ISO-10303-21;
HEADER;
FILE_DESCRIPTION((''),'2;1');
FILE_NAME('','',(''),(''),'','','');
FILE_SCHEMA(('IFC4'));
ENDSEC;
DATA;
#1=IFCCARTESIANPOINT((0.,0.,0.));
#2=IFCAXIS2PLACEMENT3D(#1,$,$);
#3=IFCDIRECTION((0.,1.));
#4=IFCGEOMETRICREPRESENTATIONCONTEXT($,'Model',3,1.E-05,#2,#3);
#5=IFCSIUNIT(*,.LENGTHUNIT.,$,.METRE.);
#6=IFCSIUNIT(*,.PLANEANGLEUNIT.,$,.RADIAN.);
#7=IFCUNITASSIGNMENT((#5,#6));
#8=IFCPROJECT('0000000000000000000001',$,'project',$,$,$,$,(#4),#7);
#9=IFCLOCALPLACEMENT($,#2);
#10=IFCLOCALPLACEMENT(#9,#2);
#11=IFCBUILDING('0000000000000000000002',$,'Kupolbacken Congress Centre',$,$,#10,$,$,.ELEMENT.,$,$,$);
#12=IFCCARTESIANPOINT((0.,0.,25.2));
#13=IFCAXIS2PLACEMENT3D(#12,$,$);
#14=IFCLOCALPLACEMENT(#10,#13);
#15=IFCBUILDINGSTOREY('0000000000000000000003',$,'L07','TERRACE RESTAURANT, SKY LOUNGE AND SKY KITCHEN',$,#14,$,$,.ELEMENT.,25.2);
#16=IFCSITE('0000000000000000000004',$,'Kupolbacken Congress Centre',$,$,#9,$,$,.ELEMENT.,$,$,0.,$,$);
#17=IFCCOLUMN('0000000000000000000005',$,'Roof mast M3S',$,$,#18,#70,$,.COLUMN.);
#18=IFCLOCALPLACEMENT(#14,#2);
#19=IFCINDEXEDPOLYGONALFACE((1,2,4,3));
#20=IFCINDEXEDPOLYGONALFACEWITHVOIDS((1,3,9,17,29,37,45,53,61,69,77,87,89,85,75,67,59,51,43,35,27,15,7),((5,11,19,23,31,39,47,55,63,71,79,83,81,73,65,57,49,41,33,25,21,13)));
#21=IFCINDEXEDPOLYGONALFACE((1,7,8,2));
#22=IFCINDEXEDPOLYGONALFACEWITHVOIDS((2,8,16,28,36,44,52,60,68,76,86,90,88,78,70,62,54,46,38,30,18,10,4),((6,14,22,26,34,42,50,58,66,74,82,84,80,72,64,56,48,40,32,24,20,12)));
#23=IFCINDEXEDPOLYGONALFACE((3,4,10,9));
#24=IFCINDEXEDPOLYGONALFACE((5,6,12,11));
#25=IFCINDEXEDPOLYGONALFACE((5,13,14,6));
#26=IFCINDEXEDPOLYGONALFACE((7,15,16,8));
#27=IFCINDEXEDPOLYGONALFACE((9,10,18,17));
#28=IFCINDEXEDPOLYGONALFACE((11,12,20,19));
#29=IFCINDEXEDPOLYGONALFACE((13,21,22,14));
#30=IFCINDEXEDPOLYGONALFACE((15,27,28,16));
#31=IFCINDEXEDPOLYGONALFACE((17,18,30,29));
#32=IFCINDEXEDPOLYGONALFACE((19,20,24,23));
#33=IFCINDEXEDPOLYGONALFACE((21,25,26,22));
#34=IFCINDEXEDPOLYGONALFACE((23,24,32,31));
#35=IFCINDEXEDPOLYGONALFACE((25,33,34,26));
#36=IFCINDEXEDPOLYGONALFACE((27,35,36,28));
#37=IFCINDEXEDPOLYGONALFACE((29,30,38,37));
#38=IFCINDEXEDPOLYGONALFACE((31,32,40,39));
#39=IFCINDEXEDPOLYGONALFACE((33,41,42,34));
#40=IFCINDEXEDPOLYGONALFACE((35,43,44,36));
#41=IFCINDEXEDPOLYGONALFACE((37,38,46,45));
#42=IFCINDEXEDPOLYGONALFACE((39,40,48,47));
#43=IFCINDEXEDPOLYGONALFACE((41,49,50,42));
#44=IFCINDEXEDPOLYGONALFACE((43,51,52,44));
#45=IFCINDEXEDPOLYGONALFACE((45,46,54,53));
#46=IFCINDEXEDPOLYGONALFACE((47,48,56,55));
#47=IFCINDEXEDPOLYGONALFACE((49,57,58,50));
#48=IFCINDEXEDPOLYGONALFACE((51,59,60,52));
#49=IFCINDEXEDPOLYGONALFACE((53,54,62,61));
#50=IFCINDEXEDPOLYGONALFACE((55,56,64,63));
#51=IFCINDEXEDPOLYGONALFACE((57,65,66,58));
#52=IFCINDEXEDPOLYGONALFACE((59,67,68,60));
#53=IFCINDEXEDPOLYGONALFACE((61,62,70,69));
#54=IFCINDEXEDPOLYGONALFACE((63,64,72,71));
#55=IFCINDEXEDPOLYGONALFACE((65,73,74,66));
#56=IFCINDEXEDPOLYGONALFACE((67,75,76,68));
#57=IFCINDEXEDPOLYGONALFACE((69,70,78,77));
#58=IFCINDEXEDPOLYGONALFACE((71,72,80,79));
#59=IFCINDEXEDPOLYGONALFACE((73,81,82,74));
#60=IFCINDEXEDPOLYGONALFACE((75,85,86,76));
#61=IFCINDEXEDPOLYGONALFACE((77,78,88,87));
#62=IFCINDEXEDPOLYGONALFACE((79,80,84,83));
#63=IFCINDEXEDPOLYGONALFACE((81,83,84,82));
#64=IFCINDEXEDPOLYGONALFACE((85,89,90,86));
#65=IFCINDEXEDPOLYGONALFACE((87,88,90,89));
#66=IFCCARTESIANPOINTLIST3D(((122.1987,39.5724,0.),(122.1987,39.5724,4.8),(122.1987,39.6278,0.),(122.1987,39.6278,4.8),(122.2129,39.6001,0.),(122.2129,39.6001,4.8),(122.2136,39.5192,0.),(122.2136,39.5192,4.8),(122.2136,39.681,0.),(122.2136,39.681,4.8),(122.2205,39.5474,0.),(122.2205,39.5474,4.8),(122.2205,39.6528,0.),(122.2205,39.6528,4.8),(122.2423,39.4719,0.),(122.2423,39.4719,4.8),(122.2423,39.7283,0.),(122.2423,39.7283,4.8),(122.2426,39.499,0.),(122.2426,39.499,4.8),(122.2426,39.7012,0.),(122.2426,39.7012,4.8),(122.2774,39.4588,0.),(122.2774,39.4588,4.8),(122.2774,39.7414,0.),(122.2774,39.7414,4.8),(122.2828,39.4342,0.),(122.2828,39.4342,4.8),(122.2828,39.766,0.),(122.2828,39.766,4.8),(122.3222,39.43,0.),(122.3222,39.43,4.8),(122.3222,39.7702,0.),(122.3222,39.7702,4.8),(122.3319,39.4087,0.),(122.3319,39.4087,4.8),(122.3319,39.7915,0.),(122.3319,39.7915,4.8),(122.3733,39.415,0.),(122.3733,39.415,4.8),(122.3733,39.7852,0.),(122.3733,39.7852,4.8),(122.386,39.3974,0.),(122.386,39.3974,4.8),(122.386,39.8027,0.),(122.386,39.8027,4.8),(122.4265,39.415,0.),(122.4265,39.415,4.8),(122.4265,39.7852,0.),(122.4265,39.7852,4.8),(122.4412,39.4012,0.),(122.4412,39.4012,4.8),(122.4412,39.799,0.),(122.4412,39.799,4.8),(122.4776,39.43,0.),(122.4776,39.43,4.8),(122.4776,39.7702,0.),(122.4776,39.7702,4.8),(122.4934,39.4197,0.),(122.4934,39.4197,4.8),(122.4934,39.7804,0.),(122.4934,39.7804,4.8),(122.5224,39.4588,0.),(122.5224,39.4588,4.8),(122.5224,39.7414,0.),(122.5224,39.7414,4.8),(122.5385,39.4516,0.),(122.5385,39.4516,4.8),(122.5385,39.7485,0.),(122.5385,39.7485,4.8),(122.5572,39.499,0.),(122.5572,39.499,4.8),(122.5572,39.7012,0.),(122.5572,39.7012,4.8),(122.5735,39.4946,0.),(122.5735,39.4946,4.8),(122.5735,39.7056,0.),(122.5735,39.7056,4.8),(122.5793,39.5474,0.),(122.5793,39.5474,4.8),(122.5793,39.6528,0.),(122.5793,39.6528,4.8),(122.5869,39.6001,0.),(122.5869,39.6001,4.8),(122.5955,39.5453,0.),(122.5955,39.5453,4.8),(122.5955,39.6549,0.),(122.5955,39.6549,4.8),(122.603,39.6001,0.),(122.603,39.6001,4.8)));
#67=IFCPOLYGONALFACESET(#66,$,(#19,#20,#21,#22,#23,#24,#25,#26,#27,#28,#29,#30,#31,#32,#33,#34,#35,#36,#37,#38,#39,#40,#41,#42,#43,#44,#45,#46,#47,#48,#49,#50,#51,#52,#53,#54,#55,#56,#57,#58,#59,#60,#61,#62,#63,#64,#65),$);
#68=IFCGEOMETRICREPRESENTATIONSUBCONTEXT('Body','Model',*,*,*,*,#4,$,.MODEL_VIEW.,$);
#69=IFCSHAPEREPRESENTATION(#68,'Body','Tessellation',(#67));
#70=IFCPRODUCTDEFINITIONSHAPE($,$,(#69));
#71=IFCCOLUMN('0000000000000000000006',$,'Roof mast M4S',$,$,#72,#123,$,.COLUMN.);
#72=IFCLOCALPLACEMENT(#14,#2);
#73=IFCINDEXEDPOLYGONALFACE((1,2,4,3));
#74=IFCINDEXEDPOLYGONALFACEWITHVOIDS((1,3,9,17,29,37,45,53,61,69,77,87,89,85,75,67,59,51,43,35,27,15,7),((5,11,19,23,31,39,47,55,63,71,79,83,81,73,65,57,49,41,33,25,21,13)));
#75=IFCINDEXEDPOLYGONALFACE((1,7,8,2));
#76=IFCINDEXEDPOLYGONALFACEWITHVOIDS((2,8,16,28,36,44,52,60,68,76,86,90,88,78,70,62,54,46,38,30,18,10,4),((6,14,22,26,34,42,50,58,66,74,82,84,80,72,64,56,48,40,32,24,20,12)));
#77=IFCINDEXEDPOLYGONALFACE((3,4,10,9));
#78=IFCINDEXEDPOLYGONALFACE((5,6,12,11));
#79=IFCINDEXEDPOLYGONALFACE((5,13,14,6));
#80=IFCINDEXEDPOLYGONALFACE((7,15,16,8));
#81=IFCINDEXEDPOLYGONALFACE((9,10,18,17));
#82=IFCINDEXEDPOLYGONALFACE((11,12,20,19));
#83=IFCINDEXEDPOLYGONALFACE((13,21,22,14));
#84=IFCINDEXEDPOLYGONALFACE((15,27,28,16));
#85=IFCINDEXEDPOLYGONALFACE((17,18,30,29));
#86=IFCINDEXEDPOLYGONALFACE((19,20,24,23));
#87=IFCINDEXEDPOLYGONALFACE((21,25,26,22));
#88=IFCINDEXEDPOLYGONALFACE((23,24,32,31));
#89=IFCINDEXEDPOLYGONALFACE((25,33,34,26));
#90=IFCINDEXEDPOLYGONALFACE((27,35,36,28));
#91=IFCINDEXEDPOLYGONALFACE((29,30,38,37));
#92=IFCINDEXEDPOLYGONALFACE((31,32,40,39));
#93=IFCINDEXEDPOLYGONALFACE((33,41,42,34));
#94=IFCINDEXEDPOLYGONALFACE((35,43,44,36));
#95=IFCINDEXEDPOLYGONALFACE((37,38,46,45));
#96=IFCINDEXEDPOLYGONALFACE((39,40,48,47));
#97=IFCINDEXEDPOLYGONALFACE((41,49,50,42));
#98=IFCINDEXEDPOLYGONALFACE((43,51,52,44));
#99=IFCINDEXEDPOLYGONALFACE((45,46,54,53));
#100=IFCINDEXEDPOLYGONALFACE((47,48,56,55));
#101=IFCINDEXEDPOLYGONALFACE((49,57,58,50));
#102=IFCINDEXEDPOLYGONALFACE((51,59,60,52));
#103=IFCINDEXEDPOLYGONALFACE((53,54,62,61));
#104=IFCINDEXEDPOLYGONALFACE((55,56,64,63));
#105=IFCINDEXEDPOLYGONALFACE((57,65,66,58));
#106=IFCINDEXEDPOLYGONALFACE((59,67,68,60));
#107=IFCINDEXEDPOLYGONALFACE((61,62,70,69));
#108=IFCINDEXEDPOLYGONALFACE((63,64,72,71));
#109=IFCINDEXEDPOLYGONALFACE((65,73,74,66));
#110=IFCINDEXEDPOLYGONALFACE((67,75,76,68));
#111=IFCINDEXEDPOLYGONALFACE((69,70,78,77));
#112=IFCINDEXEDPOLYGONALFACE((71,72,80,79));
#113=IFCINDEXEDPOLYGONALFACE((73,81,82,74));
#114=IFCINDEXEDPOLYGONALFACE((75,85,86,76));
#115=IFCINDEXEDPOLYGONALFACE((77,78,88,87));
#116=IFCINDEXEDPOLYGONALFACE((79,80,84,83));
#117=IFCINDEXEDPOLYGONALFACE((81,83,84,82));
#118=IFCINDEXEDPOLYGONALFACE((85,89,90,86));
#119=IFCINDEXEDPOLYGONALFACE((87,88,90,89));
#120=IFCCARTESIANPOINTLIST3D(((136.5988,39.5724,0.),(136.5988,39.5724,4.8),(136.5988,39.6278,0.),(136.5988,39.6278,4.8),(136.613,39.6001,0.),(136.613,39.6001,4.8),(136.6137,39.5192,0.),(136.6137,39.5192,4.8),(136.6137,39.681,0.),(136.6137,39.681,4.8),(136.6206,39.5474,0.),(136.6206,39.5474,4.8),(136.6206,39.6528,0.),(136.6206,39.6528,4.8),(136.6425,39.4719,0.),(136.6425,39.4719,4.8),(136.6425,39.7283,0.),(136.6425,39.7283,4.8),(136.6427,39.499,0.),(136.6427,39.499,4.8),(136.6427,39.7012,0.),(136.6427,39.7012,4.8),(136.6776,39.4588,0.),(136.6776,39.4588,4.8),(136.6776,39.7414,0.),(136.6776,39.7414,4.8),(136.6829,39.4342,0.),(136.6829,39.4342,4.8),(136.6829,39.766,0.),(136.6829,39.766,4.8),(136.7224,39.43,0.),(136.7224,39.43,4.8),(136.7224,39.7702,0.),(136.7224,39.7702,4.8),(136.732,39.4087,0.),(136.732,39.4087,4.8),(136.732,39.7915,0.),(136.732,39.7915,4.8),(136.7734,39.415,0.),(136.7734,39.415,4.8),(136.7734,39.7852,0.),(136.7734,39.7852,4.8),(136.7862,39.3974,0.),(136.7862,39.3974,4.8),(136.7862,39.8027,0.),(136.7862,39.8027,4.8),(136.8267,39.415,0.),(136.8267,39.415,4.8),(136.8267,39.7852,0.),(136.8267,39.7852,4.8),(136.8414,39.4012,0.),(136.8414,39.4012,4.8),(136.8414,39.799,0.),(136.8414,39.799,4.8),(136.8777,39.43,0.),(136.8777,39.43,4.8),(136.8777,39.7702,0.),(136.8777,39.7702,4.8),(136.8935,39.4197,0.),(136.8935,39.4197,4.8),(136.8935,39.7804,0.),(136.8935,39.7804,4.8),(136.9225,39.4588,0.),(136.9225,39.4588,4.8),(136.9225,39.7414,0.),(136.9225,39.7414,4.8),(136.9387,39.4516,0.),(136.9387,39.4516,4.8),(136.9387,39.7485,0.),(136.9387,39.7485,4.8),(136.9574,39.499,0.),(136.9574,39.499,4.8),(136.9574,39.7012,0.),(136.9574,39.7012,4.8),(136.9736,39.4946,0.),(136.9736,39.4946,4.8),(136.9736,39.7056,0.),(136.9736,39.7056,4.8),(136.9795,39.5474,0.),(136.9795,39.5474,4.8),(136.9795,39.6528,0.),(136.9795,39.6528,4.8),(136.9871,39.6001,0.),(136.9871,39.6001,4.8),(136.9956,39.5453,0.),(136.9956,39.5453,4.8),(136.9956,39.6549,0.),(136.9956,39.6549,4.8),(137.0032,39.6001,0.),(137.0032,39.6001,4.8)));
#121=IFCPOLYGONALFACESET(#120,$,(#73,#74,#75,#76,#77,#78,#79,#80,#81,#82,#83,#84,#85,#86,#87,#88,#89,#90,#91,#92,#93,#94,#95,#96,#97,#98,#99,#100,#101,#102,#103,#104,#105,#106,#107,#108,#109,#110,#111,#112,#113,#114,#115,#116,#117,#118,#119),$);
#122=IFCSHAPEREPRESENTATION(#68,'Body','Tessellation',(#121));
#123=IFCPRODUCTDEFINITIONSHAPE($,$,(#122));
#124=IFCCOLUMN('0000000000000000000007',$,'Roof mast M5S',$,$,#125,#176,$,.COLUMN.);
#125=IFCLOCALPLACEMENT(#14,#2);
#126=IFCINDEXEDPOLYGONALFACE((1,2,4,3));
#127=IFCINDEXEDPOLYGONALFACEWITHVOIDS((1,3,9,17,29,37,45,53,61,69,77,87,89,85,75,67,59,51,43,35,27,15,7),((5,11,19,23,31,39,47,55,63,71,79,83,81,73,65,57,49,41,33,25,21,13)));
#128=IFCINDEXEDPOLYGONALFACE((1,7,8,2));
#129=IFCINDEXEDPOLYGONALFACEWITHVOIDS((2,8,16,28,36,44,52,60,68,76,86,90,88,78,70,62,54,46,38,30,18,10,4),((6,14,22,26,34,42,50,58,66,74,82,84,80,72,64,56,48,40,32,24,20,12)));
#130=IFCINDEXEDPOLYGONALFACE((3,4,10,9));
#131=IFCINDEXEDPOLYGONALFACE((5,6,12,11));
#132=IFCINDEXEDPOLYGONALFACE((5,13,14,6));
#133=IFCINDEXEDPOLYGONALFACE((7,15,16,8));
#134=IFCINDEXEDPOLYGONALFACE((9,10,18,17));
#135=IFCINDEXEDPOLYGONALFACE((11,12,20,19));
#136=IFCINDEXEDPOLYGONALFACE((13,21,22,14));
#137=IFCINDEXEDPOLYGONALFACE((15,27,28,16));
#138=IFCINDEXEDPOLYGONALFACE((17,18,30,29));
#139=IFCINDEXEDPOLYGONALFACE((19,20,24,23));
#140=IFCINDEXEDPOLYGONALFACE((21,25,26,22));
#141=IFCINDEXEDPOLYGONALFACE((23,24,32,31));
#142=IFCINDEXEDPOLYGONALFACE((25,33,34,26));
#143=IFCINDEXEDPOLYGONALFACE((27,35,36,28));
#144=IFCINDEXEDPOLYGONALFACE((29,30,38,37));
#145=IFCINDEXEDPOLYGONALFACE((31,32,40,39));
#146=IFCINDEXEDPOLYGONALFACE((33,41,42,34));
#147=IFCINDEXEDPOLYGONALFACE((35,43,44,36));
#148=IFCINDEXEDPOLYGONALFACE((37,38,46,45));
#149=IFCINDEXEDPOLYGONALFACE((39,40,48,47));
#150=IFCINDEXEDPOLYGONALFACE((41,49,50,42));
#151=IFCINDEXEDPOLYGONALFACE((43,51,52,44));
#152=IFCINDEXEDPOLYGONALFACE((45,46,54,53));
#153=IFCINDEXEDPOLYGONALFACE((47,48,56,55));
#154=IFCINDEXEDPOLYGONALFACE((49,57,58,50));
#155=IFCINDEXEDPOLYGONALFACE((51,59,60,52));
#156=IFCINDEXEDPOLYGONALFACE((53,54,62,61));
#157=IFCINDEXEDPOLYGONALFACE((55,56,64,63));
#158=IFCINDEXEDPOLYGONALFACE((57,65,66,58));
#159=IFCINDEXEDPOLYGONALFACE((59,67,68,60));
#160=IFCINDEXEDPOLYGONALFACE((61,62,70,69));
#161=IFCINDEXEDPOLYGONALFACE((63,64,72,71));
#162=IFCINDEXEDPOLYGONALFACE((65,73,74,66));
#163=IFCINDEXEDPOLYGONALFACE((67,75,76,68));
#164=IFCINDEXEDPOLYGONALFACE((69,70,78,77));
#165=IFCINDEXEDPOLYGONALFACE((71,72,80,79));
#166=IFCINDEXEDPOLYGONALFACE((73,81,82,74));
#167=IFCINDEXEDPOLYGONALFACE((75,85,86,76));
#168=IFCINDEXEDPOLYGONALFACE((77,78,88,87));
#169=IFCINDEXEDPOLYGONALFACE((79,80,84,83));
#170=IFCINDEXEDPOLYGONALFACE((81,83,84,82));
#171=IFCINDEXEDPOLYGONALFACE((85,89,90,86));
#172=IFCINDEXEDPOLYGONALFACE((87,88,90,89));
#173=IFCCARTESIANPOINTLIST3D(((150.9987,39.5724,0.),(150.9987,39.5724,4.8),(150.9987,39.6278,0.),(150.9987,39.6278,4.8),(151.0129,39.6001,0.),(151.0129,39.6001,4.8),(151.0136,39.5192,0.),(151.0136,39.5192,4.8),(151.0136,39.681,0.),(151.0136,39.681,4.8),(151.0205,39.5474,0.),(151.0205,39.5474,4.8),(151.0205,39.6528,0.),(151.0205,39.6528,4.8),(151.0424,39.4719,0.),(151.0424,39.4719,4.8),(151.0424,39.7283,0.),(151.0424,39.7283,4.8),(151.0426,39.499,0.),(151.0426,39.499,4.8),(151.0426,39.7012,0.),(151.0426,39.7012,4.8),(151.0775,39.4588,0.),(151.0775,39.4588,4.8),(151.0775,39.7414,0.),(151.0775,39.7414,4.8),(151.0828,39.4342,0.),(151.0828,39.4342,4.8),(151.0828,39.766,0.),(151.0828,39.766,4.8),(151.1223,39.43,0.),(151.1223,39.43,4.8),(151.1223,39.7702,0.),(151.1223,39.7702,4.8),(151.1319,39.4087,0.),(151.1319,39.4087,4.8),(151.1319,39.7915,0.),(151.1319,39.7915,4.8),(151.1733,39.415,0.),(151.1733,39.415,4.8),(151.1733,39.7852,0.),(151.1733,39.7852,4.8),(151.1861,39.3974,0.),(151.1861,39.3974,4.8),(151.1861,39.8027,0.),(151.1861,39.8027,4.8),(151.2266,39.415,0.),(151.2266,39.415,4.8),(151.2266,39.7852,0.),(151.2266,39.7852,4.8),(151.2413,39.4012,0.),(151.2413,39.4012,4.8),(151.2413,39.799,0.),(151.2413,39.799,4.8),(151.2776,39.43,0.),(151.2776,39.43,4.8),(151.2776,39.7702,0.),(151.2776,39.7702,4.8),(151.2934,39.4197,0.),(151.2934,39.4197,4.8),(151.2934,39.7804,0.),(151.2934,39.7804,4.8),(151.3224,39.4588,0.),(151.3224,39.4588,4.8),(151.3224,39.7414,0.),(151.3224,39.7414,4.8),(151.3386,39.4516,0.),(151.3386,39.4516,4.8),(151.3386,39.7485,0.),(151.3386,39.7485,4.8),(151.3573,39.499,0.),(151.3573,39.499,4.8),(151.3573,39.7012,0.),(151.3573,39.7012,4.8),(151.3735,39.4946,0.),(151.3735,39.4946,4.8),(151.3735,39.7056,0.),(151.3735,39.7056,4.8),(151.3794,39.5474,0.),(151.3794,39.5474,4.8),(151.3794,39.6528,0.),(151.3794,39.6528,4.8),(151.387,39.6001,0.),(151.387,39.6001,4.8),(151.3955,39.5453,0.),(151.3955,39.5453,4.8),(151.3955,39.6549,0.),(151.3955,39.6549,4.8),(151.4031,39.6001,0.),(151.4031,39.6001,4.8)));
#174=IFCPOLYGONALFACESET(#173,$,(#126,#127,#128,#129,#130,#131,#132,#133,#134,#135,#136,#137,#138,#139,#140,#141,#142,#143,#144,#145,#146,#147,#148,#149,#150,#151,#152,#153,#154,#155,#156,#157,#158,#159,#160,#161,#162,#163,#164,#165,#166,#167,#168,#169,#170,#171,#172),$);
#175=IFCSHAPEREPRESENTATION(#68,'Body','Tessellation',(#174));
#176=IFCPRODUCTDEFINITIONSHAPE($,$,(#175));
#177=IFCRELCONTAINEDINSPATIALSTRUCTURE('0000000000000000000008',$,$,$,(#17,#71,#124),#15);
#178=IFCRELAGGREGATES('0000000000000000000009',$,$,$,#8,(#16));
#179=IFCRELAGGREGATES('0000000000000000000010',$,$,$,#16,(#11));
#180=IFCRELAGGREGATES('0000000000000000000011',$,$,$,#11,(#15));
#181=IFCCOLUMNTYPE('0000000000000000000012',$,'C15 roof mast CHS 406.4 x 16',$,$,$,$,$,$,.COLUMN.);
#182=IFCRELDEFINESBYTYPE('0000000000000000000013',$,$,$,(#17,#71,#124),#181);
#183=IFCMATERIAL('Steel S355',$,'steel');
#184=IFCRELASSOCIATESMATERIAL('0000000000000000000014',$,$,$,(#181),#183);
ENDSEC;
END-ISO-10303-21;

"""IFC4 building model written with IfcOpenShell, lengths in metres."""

from ifc_helpers import new_model, si_unit, direction, frame, origin, origin_2d, place, context, subcontext, project, spatial, hollow_circle, extrude, material, material_profile, profile_set, type_object, element, save


model = new_model("IFC4")

# Units and contexts
model_context = context("Model", 3, precision=1e-05, world=origin(), true_north=direction((0.0, 1.0)))
body_context = subcontext(model_context, "Body", "Model", "MODEL_VIEW")
ifc_project = project(units=[si_unit("LENGTHUNIT", "METRE"), si_unit("PLANEANGLEUNIT", "RADIAN")], contexts=[model_context])

# Site, building, storey
site_placement = place(None, origin())
site = spatial("IfcSite", under=ifc_project, at=site_placement, Name="Kupolbacken Congress Centre", CompositionType="ELEMENT", RefElevation=0.0)
building_placement = place(site_placement, origin())
building = spatial("IfcBuilding", under=site, at=building_placement, Name="Kupolbacken Congress Centre", CompositionType="ELEMENT")
storey_placement = place(building_placement, frame((0.0, 0.0, 25.2)))
storey = spatial("IfcBuildingStorey", under=building, at=storey_placement, Name="L07", Description="TERRACE RESTAURANT, SKY LOUNGE AND SKY KITCHEN", CompositionType="ELEMENT", Elevation=25.2)

# Columns
ifc_material_1 = material(Name="Steel S355", Category="steel")
ifc_material_profile_1 = material_profile(ifc_material_1, hollow_circle(Radius=0.2031, WallThickness=0.0161, at=origin_2d()), Name="CHS 406.4 x 16")
ifc_profile_set_1 = profile_set([ifc_material_profile_1], Name="Steel S355")
column_type = type_object("IfcColumnType", Name="C15 roof mast CHS 406.4 x 16", PredefinedType="COLUMN", material=ifc_profile_set_1)
for number, where, z_axis, x_axis, name in (
    (1, (122.3999, 39.6001, 0.0), (0.0, 0.0, 1.0), (1.0, 0.0, 0.0), "Roof mast M3S"),
    (2, (136.8, 39.6001, 0.0), (0.0, 0.0, 1.0), (1.0, 0.0, 0.0), "Roof mast M4S"),
    (3, (151.2, 39.6001, 0.0), (0.0, 0.0, 1.0), (1.0, 0.0, 0.0), "Roof mast M5S"),
):
    element("IfcColumn", number, at=place(storey_placement, frame(where, z_axis=z_axis, x_axis=x_axis)), inside=storey, type_object=column_type, Name=name, PredefinedType="COLUMN", context=body_context, shape_type="SweptSolid", body=[
        extrude(hollow_circle(Radius=0.2031, WallThickness=0.0161, at=origin_2d()), origin(), (0.0, 0.0, 1.0), 4.8),
    ])

save(model, "model.ifc")
